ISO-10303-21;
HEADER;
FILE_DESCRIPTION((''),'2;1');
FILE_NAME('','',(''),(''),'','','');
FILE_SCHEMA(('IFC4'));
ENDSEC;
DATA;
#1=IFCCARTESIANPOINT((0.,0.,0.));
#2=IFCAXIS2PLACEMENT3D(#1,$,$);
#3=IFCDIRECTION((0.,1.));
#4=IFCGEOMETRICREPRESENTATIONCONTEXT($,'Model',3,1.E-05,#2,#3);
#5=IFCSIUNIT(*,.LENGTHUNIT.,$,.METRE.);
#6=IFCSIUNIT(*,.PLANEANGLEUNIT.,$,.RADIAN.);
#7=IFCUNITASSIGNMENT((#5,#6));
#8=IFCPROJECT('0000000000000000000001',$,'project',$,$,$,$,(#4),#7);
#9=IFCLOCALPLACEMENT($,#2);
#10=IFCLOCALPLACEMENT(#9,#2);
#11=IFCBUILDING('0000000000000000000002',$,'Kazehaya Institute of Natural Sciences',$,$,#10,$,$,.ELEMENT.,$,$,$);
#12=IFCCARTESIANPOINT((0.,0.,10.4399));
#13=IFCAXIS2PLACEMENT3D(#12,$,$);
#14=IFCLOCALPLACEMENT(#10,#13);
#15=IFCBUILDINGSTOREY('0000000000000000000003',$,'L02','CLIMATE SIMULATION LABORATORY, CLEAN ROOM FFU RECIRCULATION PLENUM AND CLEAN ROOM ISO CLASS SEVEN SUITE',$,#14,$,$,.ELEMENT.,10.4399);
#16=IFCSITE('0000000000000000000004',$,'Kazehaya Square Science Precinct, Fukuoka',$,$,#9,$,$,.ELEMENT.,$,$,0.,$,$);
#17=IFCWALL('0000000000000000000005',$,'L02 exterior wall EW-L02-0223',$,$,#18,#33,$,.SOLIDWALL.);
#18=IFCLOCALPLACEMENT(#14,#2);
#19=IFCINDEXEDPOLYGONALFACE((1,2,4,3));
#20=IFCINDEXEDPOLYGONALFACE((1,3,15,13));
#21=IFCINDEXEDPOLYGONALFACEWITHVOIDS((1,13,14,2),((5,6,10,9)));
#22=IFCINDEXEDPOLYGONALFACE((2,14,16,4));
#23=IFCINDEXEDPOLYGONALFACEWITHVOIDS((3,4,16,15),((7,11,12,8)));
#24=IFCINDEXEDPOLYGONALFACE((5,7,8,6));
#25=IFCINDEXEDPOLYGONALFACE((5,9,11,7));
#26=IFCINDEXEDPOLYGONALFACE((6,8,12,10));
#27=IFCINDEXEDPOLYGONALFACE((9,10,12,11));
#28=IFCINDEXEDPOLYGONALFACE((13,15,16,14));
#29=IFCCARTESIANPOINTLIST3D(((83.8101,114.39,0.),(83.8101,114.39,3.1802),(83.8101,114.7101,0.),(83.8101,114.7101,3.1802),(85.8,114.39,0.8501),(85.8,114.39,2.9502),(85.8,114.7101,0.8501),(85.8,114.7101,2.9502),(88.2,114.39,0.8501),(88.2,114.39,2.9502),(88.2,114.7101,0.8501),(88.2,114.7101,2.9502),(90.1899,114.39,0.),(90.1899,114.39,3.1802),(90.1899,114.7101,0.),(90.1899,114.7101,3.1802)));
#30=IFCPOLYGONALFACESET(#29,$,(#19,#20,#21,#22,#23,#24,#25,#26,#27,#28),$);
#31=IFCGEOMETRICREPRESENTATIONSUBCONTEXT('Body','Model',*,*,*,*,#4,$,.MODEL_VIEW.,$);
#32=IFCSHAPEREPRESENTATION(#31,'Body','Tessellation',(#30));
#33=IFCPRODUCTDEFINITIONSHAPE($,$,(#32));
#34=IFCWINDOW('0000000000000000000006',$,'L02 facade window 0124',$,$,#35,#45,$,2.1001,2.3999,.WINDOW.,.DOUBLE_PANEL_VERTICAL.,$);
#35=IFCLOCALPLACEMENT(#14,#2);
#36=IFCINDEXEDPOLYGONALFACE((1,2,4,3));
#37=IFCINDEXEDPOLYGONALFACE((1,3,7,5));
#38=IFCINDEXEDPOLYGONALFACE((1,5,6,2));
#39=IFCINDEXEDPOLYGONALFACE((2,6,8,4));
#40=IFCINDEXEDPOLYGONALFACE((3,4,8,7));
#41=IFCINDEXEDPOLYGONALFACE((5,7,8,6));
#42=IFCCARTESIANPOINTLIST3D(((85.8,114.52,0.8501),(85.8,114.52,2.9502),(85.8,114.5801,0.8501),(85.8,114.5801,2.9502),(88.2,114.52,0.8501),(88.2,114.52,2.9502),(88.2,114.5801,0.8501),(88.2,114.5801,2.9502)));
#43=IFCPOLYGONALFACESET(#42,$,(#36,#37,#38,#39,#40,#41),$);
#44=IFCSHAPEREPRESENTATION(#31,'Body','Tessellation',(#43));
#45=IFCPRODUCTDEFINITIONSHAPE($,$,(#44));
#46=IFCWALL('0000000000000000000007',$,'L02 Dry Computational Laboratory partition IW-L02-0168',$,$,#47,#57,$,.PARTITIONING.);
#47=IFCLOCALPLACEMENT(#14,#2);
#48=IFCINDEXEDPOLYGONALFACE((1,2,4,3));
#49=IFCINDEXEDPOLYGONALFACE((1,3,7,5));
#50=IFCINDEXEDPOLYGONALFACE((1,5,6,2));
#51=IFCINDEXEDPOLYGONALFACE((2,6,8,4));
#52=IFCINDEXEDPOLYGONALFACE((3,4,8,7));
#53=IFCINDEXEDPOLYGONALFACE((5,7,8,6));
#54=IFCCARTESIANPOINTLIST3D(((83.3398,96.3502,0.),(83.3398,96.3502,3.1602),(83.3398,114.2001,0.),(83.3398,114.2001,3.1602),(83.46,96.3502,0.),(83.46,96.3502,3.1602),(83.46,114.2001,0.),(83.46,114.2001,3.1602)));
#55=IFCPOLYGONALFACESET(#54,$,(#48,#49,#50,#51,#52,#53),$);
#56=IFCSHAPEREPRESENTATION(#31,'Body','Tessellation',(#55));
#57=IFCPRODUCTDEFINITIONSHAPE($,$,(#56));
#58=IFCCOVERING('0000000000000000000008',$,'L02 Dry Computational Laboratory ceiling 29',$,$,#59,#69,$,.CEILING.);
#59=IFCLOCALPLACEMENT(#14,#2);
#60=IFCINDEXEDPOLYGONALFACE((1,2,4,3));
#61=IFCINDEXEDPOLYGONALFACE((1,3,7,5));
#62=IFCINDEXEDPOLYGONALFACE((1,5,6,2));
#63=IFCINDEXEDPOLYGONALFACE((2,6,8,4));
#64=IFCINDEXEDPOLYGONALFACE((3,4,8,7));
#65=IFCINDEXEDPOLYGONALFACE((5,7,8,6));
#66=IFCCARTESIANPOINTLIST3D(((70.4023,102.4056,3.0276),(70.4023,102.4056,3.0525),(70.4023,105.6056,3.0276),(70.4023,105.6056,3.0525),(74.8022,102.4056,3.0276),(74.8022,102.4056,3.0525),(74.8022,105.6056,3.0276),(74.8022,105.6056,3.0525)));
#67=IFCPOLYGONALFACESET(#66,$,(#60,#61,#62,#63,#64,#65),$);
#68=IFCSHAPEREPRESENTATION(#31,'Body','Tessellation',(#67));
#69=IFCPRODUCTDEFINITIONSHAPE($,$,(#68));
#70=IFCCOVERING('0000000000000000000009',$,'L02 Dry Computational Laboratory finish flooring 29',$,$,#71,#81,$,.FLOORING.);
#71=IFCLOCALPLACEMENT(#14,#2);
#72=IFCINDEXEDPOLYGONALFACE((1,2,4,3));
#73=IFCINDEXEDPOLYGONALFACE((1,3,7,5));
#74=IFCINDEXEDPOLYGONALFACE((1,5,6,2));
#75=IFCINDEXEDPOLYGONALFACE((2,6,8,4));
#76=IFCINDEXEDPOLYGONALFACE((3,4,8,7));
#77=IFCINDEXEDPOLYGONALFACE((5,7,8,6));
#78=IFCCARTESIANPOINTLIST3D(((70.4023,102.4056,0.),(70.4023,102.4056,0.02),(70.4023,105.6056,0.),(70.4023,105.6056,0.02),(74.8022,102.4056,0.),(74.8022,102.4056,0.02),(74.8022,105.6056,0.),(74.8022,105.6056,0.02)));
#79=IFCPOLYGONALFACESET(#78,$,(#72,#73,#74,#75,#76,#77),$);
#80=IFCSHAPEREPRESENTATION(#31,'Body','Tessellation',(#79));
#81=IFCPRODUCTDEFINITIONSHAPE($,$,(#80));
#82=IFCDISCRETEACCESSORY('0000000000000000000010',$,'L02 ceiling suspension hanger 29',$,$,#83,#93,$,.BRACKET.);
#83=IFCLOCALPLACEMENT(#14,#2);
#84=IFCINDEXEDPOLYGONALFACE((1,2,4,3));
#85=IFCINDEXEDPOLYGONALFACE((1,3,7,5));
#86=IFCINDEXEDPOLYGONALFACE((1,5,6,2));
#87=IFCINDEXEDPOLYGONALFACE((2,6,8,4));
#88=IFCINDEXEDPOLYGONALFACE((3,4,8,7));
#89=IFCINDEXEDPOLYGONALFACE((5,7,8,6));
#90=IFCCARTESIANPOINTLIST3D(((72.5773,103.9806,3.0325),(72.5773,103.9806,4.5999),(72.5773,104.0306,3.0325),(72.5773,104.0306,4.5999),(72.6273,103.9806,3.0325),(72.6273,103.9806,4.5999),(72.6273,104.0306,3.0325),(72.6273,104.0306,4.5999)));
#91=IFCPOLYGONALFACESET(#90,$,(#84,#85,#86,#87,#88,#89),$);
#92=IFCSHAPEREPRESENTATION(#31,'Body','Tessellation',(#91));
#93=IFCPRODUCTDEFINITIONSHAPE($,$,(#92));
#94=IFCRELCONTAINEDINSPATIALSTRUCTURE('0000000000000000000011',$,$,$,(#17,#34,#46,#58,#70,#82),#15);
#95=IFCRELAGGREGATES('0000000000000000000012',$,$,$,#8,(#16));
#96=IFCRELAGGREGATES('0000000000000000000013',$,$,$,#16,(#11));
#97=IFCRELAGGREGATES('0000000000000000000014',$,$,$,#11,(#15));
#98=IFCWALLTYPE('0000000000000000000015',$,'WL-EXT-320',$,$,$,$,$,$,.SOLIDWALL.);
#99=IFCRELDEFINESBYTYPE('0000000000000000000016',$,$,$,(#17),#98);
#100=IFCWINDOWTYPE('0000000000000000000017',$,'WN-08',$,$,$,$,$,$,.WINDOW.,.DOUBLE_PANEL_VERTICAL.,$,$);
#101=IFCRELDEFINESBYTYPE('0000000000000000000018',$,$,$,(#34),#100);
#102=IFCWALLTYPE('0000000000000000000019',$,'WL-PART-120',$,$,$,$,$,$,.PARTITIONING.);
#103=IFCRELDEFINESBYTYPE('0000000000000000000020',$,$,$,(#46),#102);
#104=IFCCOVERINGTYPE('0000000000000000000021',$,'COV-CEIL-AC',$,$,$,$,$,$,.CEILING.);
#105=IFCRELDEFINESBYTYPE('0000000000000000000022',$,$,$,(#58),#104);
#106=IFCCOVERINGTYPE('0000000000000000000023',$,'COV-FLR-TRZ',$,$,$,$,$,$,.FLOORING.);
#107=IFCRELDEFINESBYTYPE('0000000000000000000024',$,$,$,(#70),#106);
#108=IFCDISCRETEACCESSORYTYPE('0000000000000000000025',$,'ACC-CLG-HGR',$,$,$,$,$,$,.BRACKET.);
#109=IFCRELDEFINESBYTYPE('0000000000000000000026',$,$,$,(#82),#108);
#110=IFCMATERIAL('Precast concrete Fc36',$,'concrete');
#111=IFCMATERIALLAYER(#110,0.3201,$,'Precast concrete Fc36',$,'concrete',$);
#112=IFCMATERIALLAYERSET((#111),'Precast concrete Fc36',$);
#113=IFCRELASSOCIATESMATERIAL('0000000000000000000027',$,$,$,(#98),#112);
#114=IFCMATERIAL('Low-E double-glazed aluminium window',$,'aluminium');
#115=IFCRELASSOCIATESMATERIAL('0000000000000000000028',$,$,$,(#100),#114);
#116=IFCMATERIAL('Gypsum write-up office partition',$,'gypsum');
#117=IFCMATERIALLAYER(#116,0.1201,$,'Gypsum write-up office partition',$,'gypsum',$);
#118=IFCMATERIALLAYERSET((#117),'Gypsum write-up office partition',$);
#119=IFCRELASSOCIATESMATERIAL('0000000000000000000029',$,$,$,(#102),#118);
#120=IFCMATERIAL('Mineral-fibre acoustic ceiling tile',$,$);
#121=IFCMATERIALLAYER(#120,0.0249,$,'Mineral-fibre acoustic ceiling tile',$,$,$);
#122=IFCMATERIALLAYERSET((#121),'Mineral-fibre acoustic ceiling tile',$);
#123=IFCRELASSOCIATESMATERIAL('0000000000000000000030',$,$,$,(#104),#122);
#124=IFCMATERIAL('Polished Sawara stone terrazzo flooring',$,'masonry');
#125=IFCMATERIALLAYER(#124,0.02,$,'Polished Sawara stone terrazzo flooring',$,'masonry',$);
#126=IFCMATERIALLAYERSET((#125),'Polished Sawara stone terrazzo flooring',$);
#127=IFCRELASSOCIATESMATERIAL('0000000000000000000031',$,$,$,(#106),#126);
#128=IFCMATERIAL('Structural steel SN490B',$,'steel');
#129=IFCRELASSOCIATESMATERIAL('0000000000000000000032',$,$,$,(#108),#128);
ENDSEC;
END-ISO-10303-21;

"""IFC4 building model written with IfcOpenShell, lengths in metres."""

from ifc_helpers import new_model, si_unit, direction, frame, frame_2d, origin, origin_2d, place, context, subcontext, project, spatial, rectangle, extrude, material, layer, layer_set, type_object, element, fill, save


model = new_model("IFC4")

# Units and contexts
model_context = context("Model", 3, precision=1e-05, world=origin(), true_north=direction((0.0, 1.0)))
body_context = subcontext(model_context, "Body", "Model", "MODEL_VIEW")
ifc_project = project(units=[si_unit("LENGTHUNIT", "METRE"), si_unit("PLANEANGLEUNIT", "RADIAN")], contexts=[model_context])

# Site, building, storey
site_placement = place(None, origin())
site = spatial("IfcSite", under=ifc_project, at=site_placement, Name="Kazehaya Square Science Precinct, Fukuoka", CompositionType="ELEMENT", RefElevation=0.0)
building_placement = place(site_placement, origin())
building = spatial("IfcBuilding", under=site, at=building_placement, Name="Kazehaya Institute of Natural Sciences", CompositionType="ELEMENT")
storey_placement = place(building_placement, frame((0.0, 0.0, 10.4399)))
storey = spatial("IfcBuildingStorey", under=building, at=storey_placement, Name="L02", Description="CLIMATE SIMULATION LABORATORY, CLEAN ROOM FFU RECIRCULATION PLENUM AND CLEAN ROOM ISO CLASS SEVEN SUITE", CompositionType="ELEMENT", Elevation=10.4399)

# Shared definitions
ifc_material_1 = material(Name="Precast concrete Fc36", Category="concrete")
ifc_layer_1 = layer(ifc_material_1, 0.3201, Name="Precast concrete Fc36", Category="concrete")
ifc_layer_set_1 = layer_set([ifc_layer_1], Name="Precast concrete Fc36")
wall_type_1 = type_object("IfcWallType", Name="WL-EXT-320", PredefinedType="SOLIDWALL", material=ifc_layer_set_1)
ifc_material_2 = material(Name="Low-E double-glazed aluminium window", Category="aluminium")

# Wall, opening, window
wall_1_placement = place(storey_placement, frame((83.8101, 114.55, 0.0), z_axis=(0.0, 0.0, 1.0), x_axis=(1.0, 0.0, 0.0)))
wall_1 = element("IfcWall", 1, at=wall_1_placement, inside=storey, type_object=wall_type_1, Name="L02 exterior wall EW-L02-0223", PredefinedType="SOLIDWALL", context=body_context, shape_type="SweptSolid", body=[
    extrude(rectangle(XDim=6.3799, YDim=0.3201, at=frame_2d((3.1899, 0.0))), origin(), (0.0, 0.0, 1.0), 3.1802),
])
opening_1_placement = place(wall_1_placement, frame((1.99, 0.0, 0.8501)))
opening_1 = element("IfcOpeningElement", 2, at=opening_1_placement, cuts=wall_1, PredefinedType="OPENING", context=body_context, shape_type="SweptSolid", body=[
    extrude(rectangle(XDim=2.3999, YDim=2.1001, at=frame_2d((1.2, 1.05))), frame((0.0, 0.1699, 0.0), z_axis=(0.0, -1.0, 0.0), x_axis=(1.0, 0.0, 0.0)), (0.0, 0.0, 1.0), 0.3401),
])
window_type_1 = type_object("IfcWindowType", Name="WN-08", PartitioningType="DOUBLE_PANEL_VERTICAL", PredefinedType="WINDOW", material=ifc_material_2)
window_1_placement = place(opening_1_placement, origin())
window_1 = element("IfcWindow", 3, at=window_1_placement, inside=storey, type_object=window_type_1, Name="L02 facade window 0124", OverallHeight=2.1001, OverallWidth=2.3999, PartitioningType="DOUBLE_PANEL_VERTICAL", PredefinedType="WINDOW", context=body_context, shape_type="SweptSolid", body=[
    extrude(rectangle(XDim=2.3999, YDim=2.1001, at=frame_2d((1.2, 1.05))), frame((0.0, 0.03, 0.0), z_axis=(0.0, -1.0, 0.0), x_axis=(1.0, 0.0, 0.0)), (0.0, 0.0, 1.0), 0.0601),
])
fill(opening_1, window_1)

# Wall
ifc_material_3 = material(Name="Gypsum write-up office partition", Category="gypsum")
ifc_layer_2 = layer(ifc_material_3, 0.1201, Name="Gypsum write-up office partition", Category="gypsum")
ifc_layer_set_2 = layer_set([ifc_layer_2], Name="Gypsum write-up office partition")
wall_type_2 = type_object("IfcWallType", Name="WL-PART-120", PredefinedType="PARTITIONING", material=ifc_layer_set_2)
wall_2_placement = place(storey_placement, frame((83.3999, 114.2, 0.0), z_axis=(0.0, 0.0, 1.0), x_axis=(0.0, -1.0, 0.0)))
element("IfcWall", 4, at=wall_2_placement, inside=storey, type_object=wall_type_2, Name="L02 Dry Computational Laboratory partition IW-L02-0168", PredefinedType="PARTITIONING", context=body_context, shape_type="SweptSolid", body=[
    extrude(rectangle(XDim=17.8499, YDim=0.1201, at=frame_2d((8.9248, 0.0))), origin(), (0.0, 0.0, 1.0), 3.1602),
])

# Coverings
ifc_material_4 = material(Name="Mineral-fibre acoustic ceiling tile")
ifc_layer_3 = layer(ifc_material_4, 0.0249, Name="Mineral-fibre acoustic ceiling tile")
ifc_layer_set_3 = layer_set([ifc_layer_3], Name="Mineral-fibre acoustic ceiling tile")
covering_type_1 = type_object("IfcCoveringType", Name="COV-CEIL-AC", PredefinedType="CEILING", material=ifc_layer_set_3)
covering_1_placement = place(storey_placement, frame((72.6023, 104.0056, 3.0276), z_axis=(0.0, 0.0, 1.0), x_axis=(1.0, 0.0, 0.0)))
element("IfcCovering", 5, at=covering_1_placement, inside=storey, type_object=covering_type_1, Name="L02 Dry Computational Laboratory ceiling 29", PredefinedType="CEILING", context=body_context, shape_type="SweptSolid", body=[
    extrude(rectangle(XDim=4.3999, YDim=3.2, at=origin_2d()), origin(), (0.0, 0.0, 1.0), 0.0249),
])
ifc_material_5 = material(Name="Polished Sawara stone terrazzo flooring", Category="masonry")
ifc_layer_4 = layer(ifc_material_5, 0.02, Name="Polished Sawara stone terrazzo flooring", Category="masonry")
ifc_layer_set_4 = layer_set([ifc_layer_4], Name="Polished Sawara stone terrazzo flooring")
covering_type_2 = type_object("IfcCoveringType", Name="COV-FLR-TRZ", PredefinedType="FLOORING", material=ifc_layer_set_4)
covering_2_placement = place(storey_placement, frame((72.6023, 104.0056, 0.0), z_axis=(0.0, 0.0, 1.0), x_axis=(1.0, 0.0, 0.0)))
element("IfcCovering", 6, at=covering_2_placement, inside=storey, type_object=covering_type_2, Name="L02 Dry Computational Laboratory finish flooring 29", PredefinedType="FLOORING", context=body_context, shape_type="SweptSolid", body=[
    extrude(rectangle(XDim=4.3999, YDim=3.2, at=origin_2d()), origin(), (0.0, 0.0, 1.0), 0.02),
])

# Discrete accessory
ifc_material_6 = material(Name="Structural steel SN490B", Category="steel")
discrete_accessory_type = type_object("IfcDiscreteAccessoryType", Name="ACC-CLG-HGR", PredefinedType="BRACKET", material=ifc_material_6)
discrete_accessory_placement = place(storey_placement, frame((72.6023, 104.0056, 3.0325), z_axis=(0.0, 0.0, 1.0), x_axis=(1.0, 0.0, 0.0)))
element("IfcDiscreteAccessory", 7, at=discrete_accessory_placement, inside=storey, type_object=discrete_accessory_type, Name="L02 ceiling suspension hanger 29", PredefinedType="BRACKET", context=body_context, shape_type="SweptSolid", body=[
    extrude(rectangle(XDim=0.05, YDim=0.05, at=origin_2d()), origin(), (0.0, 0.0, 1.0), 1.5674),
])

save(model, "model.ifc")
